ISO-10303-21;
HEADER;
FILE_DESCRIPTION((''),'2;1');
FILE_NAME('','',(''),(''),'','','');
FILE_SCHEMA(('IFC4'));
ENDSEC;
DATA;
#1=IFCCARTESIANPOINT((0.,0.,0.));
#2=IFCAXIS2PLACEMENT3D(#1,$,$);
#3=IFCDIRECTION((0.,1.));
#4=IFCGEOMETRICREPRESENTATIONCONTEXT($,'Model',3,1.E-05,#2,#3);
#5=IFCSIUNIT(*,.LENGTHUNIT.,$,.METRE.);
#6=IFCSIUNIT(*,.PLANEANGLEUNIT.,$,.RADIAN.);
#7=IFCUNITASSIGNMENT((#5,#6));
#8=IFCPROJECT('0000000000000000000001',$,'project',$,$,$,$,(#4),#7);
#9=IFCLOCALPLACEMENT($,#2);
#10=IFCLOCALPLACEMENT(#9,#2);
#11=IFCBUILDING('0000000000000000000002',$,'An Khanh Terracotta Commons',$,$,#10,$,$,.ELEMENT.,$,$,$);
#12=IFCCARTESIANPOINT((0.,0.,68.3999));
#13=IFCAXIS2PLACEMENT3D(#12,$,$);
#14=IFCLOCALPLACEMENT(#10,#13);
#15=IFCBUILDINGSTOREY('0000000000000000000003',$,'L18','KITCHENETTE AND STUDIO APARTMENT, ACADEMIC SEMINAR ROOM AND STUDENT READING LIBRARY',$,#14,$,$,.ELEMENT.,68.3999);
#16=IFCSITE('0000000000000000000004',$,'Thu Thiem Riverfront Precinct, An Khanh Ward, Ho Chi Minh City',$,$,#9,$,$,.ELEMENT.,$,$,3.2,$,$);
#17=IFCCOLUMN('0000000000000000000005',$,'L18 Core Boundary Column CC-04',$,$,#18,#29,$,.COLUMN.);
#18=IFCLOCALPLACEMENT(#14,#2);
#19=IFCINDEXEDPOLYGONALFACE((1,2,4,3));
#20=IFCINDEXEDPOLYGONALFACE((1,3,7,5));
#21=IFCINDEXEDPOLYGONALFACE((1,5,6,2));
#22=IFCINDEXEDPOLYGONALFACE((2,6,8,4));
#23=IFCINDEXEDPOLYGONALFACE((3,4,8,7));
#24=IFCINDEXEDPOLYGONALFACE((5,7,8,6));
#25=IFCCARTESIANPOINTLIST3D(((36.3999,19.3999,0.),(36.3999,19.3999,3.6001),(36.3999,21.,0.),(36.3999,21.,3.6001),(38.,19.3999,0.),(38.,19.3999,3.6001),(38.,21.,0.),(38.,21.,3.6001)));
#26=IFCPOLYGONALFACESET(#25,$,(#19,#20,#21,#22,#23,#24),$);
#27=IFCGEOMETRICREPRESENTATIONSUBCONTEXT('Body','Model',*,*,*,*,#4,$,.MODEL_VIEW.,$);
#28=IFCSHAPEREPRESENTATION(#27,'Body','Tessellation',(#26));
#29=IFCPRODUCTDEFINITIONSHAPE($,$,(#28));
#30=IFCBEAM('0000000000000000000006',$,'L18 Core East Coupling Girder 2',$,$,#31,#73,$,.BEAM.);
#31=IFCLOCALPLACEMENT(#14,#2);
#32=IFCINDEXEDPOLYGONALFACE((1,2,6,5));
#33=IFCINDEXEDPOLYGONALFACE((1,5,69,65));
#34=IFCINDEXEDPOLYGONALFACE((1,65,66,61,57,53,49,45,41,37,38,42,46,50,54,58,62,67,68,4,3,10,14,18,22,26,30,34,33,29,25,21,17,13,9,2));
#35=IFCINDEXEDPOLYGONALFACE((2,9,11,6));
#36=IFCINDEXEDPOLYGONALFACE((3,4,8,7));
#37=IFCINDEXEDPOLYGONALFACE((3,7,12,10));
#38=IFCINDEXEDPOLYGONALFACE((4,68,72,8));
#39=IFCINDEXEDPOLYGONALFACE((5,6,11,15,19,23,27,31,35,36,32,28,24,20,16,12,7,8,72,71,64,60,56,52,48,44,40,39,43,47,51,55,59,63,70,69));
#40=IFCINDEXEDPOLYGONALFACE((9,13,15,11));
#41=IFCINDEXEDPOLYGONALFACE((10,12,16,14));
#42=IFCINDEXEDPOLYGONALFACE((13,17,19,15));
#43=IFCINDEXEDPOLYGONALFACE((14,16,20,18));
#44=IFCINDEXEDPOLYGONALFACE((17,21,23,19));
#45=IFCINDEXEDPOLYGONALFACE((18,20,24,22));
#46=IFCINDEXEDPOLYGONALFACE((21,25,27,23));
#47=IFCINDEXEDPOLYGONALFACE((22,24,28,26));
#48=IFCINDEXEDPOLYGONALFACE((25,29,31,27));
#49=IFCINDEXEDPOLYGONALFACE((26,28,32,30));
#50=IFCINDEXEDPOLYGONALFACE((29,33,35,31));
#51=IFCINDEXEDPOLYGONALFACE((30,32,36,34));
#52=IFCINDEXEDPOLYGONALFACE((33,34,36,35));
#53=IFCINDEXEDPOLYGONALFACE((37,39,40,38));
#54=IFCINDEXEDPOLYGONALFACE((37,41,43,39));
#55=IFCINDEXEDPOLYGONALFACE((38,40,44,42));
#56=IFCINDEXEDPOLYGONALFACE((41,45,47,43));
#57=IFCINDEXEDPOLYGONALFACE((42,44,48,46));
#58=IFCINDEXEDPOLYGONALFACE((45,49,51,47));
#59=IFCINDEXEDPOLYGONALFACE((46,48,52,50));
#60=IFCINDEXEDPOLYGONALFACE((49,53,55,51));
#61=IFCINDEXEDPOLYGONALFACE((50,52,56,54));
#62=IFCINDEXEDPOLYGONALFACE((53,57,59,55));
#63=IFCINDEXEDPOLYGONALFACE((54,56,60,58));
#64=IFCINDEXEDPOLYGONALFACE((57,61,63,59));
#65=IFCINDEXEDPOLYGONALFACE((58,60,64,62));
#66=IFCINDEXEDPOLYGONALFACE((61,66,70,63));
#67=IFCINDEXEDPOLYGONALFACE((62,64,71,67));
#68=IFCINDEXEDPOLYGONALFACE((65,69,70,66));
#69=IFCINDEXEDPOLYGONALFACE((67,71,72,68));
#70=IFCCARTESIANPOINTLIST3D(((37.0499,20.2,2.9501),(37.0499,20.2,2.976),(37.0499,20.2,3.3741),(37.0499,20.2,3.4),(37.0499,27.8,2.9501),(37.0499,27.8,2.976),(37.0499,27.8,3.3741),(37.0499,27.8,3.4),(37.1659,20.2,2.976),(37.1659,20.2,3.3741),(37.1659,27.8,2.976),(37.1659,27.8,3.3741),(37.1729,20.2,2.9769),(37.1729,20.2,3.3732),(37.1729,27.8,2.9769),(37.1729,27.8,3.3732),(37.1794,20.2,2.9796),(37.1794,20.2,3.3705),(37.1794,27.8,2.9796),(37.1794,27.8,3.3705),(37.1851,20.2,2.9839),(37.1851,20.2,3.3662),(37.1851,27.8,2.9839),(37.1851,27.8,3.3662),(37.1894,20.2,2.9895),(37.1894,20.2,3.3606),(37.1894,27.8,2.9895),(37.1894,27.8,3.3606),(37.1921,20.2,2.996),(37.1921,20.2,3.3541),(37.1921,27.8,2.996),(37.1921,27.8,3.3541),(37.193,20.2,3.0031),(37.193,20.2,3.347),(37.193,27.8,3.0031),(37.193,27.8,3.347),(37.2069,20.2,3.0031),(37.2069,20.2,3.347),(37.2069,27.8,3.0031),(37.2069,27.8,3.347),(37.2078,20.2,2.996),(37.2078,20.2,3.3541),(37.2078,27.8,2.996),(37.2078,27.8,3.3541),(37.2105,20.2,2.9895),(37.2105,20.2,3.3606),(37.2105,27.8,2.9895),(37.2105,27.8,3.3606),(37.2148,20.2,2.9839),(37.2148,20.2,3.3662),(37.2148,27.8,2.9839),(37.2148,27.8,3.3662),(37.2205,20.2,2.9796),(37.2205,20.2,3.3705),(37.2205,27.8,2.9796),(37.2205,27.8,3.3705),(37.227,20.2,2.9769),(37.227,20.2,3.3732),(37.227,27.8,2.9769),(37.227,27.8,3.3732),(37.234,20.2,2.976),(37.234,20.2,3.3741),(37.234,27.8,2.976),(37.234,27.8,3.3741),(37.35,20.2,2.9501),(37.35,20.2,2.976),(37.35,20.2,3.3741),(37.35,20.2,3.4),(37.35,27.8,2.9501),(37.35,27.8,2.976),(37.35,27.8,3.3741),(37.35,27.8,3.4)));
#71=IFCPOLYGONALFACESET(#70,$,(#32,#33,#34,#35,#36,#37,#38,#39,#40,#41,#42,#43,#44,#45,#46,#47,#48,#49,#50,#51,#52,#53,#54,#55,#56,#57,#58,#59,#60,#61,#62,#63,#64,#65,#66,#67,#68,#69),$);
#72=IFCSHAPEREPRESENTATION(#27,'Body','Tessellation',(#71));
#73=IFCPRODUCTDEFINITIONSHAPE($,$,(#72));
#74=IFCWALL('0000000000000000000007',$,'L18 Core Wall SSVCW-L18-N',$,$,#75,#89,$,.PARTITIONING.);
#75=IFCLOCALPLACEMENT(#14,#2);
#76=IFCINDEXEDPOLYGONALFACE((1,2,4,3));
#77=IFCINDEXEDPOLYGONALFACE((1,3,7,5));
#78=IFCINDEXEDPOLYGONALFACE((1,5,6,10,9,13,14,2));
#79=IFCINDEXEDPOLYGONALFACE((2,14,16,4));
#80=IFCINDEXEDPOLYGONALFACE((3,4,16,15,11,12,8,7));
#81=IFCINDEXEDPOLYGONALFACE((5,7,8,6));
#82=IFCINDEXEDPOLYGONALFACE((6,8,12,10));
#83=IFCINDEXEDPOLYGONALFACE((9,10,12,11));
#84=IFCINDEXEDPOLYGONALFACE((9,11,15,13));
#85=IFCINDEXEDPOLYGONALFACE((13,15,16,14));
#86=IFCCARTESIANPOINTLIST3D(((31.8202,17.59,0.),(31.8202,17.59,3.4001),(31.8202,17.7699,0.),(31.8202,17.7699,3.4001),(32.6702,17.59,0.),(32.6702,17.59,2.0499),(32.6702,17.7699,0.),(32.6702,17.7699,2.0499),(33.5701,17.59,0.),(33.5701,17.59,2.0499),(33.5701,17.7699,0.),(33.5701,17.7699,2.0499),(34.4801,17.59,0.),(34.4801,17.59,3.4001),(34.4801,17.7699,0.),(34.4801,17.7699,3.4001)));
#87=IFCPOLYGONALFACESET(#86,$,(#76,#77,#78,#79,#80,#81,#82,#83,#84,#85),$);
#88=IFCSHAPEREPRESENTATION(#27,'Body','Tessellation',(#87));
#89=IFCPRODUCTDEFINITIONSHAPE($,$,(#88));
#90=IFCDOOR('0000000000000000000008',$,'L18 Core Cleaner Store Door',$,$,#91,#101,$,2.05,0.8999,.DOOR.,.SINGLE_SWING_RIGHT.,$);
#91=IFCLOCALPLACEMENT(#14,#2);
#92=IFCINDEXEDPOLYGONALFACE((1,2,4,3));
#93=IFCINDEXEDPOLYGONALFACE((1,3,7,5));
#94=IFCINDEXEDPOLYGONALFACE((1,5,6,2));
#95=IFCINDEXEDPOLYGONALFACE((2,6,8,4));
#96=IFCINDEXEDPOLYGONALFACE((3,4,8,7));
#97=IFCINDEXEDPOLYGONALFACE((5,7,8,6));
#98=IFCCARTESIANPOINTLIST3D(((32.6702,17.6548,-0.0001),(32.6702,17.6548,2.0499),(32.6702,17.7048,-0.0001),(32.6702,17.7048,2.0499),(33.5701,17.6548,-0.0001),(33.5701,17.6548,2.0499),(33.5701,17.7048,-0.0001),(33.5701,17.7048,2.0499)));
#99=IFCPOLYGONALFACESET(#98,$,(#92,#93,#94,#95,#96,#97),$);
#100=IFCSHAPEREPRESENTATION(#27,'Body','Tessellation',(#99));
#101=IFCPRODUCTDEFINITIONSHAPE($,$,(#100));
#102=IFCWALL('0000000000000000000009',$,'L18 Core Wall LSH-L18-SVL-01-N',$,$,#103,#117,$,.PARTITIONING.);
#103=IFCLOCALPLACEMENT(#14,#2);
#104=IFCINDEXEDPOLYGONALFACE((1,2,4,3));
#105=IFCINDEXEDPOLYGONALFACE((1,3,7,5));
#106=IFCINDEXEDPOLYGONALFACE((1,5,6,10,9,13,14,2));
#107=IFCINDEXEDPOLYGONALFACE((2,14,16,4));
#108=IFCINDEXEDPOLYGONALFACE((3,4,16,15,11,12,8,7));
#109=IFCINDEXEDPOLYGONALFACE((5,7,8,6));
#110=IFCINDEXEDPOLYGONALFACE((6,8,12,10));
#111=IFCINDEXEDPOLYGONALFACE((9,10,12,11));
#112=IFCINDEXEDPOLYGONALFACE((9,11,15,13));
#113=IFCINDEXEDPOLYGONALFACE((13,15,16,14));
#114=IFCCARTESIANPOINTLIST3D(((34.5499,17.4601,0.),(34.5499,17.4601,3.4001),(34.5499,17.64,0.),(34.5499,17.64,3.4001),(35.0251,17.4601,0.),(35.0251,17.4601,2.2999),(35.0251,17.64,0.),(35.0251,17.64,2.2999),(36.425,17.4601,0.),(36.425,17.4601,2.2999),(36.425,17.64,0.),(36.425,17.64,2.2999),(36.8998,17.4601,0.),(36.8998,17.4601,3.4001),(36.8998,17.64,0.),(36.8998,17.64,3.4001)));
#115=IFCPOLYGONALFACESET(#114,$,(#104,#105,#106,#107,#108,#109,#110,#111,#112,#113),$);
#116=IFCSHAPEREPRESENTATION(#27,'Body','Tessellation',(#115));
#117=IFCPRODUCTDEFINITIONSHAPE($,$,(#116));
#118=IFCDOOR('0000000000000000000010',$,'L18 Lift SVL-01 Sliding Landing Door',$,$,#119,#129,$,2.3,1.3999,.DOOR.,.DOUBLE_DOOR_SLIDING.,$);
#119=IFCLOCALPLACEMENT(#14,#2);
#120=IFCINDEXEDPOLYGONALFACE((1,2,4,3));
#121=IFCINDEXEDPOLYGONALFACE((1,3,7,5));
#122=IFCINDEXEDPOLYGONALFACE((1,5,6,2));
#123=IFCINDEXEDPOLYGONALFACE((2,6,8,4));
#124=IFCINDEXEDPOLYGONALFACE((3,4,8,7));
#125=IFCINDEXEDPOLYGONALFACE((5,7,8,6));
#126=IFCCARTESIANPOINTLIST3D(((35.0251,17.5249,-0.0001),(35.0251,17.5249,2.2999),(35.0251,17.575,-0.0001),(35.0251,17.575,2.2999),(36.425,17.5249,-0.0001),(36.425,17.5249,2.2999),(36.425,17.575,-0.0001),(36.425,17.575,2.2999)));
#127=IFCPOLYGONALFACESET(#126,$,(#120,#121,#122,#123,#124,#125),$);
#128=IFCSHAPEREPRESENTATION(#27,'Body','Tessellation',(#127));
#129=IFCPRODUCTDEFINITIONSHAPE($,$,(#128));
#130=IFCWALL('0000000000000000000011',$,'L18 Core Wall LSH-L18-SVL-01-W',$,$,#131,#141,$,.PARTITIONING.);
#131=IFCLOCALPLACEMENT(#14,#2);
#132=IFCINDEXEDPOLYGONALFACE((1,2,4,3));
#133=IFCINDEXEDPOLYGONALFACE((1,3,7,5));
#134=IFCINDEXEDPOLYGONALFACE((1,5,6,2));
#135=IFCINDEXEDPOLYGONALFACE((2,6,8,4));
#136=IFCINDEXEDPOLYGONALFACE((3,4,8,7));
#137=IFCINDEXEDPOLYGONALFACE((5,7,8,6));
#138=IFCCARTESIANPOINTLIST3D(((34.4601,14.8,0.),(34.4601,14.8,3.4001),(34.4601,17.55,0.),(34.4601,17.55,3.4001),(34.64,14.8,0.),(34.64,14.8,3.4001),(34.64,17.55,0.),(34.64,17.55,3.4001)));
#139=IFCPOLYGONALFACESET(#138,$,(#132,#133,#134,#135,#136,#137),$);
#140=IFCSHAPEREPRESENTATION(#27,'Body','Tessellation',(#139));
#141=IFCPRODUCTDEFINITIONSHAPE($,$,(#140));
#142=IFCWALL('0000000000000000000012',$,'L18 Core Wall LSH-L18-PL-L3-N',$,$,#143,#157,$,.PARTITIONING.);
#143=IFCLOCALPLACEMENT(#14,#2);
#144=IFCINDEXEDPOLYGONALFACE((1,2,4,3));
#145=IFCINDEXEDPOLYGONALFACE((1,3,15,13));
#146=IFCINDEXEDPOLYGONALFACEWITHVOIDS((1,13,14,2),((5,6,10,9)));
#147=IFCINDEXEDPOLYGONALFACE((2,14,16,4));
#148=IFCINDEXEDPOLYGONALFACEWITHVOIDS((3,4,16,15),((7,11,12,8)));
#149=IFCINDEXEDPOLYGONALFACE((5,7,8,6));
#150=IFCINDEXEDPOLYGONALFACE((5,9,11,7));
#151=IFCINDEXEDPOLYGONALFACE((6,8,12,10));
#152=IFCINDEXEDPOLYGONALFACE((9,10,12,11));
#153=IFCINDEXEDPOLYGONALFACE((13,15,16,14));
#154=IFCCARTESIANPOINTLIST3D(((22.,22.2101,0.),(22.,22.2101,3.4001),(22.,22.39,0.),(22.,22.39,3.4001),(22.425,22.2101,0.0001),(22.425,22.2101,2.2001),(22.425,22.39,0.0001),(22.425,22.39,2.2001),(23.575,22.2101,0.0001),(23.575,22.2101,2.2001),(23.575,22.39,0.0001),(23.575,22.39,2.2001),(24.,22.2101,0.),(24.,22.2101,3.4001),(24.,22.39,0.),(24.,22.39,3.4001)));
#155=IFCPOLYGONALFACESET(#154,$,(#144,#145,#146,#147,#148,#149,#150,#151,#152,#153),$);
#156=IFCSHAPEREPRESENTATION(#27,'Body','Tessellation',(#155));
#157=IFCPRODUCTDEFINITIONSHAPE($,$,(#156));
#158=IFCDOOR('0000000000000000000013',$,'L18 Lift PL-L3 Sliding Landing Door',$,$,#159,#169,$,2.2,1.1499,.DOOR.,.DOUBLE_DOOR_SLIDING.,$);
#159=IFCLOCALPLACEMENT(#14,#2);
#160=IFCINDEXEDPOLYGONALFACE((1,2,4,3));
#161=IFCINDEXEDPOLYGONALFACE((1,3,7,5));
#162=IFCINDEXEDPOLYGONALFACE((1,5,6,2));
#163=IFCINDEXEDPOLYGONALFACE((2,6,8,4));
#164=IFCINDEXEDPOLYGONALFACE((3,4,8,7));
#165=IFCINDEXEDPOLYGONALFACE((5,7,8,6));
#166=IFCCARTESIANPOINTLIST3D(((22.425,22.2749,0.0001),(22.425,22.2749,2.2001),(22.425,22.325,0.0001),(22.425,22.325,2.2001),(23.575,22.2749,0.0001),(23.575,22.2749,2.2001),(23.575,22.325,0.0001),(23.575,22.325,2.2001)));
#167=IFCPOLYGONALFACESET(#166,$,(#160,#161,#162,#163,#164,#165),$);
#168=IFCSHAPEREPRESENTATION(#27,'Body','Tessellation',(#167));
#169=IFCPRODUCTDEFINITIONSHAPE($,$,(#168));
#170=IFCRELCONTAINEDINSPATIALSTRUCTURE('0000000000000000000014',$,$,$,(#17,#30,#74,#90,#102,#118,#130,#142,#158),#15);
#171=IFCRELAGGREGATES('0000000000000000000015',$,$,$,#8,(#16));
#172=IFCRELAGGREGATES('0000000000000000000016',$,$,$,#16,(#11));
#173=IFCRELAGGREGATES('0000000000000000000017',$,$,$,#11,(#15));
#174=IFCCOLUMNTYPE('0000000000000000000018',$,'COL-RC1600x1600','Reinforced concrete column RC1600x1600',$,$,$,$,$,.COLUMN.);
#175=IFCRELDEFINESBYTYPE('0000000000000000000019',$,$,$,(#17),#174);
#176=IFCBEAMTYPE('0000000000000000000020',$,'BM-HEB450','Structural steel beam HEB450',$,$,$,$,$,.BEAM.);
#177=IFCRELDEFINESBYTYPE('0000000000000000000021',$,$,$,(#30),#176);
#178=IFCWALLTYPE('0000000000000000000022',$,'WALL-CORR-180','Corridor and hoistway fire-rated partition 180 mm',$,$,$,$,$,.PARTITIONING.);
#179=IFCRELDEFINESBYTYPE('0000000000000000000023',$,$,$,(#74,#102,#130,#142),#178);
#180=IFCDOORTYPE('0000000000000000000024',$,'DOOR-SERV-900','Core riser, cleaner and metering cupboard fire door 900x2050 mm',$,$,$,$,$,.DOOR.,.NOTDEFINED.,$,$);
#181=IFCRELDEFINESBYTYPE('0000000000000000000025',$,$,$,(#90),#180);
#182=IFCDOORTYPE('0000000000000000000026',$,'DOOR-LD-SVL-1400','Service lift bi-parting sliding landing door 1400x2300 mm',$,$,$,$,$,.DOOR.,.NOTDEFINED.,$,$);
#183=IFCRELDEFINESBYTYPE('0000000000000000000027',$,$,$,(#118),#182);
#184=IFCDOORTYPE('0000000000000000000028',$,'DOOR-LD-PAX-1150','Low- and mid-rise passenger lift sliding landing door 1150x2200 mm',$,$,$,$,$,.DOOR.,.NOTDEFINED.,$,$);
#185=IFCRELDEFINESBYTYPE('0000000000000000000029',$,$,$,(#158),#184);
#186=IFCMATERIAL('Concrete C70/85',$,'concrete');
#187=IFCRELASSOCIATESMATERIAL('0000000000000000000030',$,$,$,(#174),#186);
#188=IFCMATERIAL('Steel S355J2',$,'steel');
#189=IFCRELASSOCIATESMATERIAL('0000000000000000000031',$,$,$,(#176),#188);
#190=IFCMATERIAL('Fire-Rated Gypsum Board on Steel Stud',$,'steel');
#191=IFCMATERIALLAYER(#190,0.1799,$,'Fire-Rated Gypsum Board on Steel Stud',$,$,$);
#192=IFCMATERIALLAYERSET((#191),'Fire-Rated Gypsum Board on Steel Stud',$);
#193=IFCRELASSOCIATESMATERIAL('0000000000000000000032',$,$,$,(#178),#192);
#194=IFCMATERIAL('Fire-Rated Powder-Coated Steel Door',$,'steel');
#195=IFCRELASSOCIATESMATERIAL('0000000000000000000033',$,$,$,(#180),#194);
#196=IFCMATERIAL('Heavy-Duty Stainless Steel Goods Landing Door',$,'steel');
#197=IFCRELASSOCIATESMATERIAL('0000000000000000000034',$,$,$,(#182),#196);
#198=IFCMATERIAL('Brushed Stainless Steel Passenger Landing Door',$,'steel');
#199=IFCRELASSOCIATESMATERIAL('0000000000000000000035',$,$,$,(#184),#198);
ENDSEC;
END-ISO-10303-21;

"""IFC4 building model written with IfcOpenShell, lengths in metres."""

from ifc_helpers import new_model, si_unit, direction, frame, frame_2d, origin, origin_2d, place, context, subcontext, project, spatial, rectangle, i_section, extrude, material, layer, layer_set, material_profile, profile_set, type_object, element, fill, save


model = new_model("IFC4")

# Units and contexts
model_context = context("Model", 3, precision=1e-05, world=origin(), true_north=direction((0.0, 1.0)))
body_context = subcontext(model_context, "Body", "Model", "MODEL_VIEW")
ifc_project = project(units=[si_unit("LENGTHUNIT", "METRE"), si_unit("PLANEANGLEUNIT", "RADIAN")], contexts=[model_context])

# Site, building, storey
site_placement = place(None, origin())
site = spatial("IfcSite", under=ifc_project, at=site_placement, Name="Thu Thiem Riverfront Precinct, An Khanh Ward, Ho Chi Minh City", CompositionType="ELEMENT", RefElevation=3.2)
building_placement = place(site_placement, origin())
building = spatial("IfcBuilding", under=site, at=building_placement, Name="An Khanh Terracotta Commons", CompositionType="ELEMENT")
storey_placement = place(building_placement, frame((0.0, 0.0, 68.3999)))
storey = spatial("IfcBuildingStorey", under=building, at=storey_placement, Name="L18", Description="KITCHENETTE AND STUDIO APARTMENT, ACADEMIC SEMINAR ROOM AND STUDENT READING LIBRARY", CompositionType="ELEMENT", Elevation=68.3999)

# Column
ifc_material_1 = material(Name="Concrete C70/85", Category="concrete")
ifc_material_profile_1 = material_profile(ifc_material_1, rectangle(XDim=1.6001, YDim=1.6001, at=origin_2d()), Name="RC1600x1600")
ifc_profile_set_1 = profile_set([ifc_material_profile_1], Name="Concrete C70/85")
column_type = type_object("IfcColumnType", Name="COL-RC1600x1600", Description="Reinforced concrete column RC1600x1600", PredefinedType="COLUMN", material=ifc_profile_set_1)
column_placement = place(storey_placement, frame((37.2, 20.2, 0.0), z_axis=(0.0, 0.0, 1.0), x_axis=(1.0, 0.0, 0.0)))
element("IfcColumn", 1, at=column_placement, inside=storey, type_object=column_type, Name="L18 Core Boundary Column CC-04", PredefinedType="COLUMN", context=body_context, shape_type="SweptSolid", body=[
    extrude(rectangle(XDim=1.6001, YDim=1.6001, at=origin_2d()), origin(), (0.0, 0.0, 1.0), 3.6001),
])

# Beam
ifc_material_2 = material(Name="Steel S355J2", Category="steel")
ifc_material_profile_2 = material_profile(ifc_material_2, i_section(OverallWidth=0.3, OverallDepth=0.45, WebThickness=0.0139, FlangeThickness=0.0259, FilletRadius=0.0271, at=origin_2d()), Name="HEB450")
ifc_profile_set_2 = profile_set([ifc_material_profile_2], Name="Steel S355J2")
beam_type = type_object("IfcBeamType", Name="BM-HEB450", Description="Structural steel beam HEB450", PredefinedType="BEAM", material=ifc_profile_set_2)
beam_placement = place(storey_placement, frame((37.2, 20.2, 3.175), z_axis=(0.0, 1.0, 0.0), x_axis=(-1.0, 0.0, 0.0)))
element("IfcBeam", 2, at=beam_placement, inside=storey, type_object=beam_type, Name="L18 Core East Coupling Girder 2", PredefinedType="BEAM", context=body_context, shape_type="SweptSolid", body=[
    extrude(i_section(OverallWidth=0.3, OverallDepth=0.45, WebThickness=0.0139, FlangeThickness=0.0259, FilletRadius=0.0271, at=origin_2d()), origin(), (0.0, 0.0, 1.0), 7.6001),
])

# Walls, openings, doors
ifc_material_3 = material(Name="Fire-Rated Gypsum Board on Steel Stud", Category="steel")
ifc_layer_1 = layer(ifc_material_3, 0.1799, Name="Fire-Rated Gypsum Board on Steel Stud")
ifc_layer_set_1 = layer_set([ifc_layer_1], Name="Fire-Rated Gypsum Board on Steel Stud")
wall_type_1 = type_object("IfcWallType", Name="WALL-CORR-180", Description="Corridor and hoistway fire-rated partition 180 mm", PredefinedType="PARTITIONING", material=ifc_layer_set_1)
wall_1_placement = place(storey_placement, frame((31.8201, 17.6799, 0.0), z_axis=(0.0, 0.0, 1.0), x_axis=(1.0, 0.0, 0.0)))
wall_1 = element("IfcWall", 3, at=wall_1_placement, inside=storey, type_object=wall_type_1, Name="L18 Core Wall SSVCW-L18-N", PredefinedType="PARTITIONING", context=body_context, shape_type="SweptSolid", body=[
    extrude(rectangle(XDim=2.6599, YDim=0.1799, at=frame_2d((1.3301, 0.0))), origin(), (0.0, 0.0, 1.0), 3.4001),
])
opening_1_placement = place(wall_1_placement, frame((0.8501, 0.0, 0.0)))
opening_1 = element("IfcOpeningElement", 4, at=opening_1_placement, cuts=wall_1, PredefinedType="OPENING", context=body_context, shape_type="SweptSolid", body=[
    extrude(rectangle(XDim=0.8999, YDim=2.05, at=frame_2d((0.45, 1.0249))), frame((0.0, 0.0999, 0.0), z_axis=(0.0, -1.0, 0.0), x_axis=(1.0, 0.0, 0.0)), (0.0, 0.0, 1.0), 0.2),
])
ifc_material_4 = material(Name="Fire-Rated Powder-Coated Steel Door", Category="steel")
door_type_1 = type_object("IfcDoorType", Name="DOOR-SERV-900", Description="Core riser, cleaner and metering cupboard fire door 900x2050 mm", OperationType="NOTDEFINED", PredefinedType="DOOR", material=ifc_material_4)
door_1_placement = place(opening_1_placement, origin())
door_1 = element("IfcDoor", 5, at=door_1_placement, inside=storey, type_object=door_type_1, Name="L18 Core Cleaner Store Door", OperationType="SINGLE_SWING_RIGHT", OverallHeight=2.05, OverallWidth=0.8999, PredefinedType="DOOR", context=body_context, shape_type="SweptSolid", body=[
    extrude(rectangle(XDim=0.8999, YDim=2.05, at=frame_2d((0.45, 1.0249))), frame((0.0, 0.0249, 0.0), z_axis=(0.0, -1.0, 0.0), x_axis=(1.0, 0.0, 0.0)), (0.0, 0.0, 1.0), 0.05),
])
fill(opening_1, door_1)
wall_2_placement = place(storey_placement, frame((34.55, 17.55, 0.0), z_axis=(0.0, 0.0, 1.0), x_axis=(1.0, 0.0, 0.0)))
wall_2 = element("IfcWall", 6, at=wall_2_placement, inside=storey, type_object=wall_type_1, Name="L18 Core Wall LSH-L18-SVL-01-N", PredefinedType="PARTITIONING", context=body_context, shape_type="SweptSolid", body=[
    extrude(rectangle(XDim=2.3499, YDim=0.1799, at=frame_2d((1.1748, 0.0))), origin(), (0.0, 0.0, 1.0), 3.4001),
])
opening_2_placement = place(wall_2_placement, frame((0.4751, 0.0, 0.0)))
opening_2 = element("IfcOpeningElement", 7, at=opening_2_placement, cuts=wall_2, PredefinedType="OPENING", context=body_context, shape_type="SweptSolid", body=[
    extrude(rectangle(XDim=1.3999, YDim=2.3, at=frame_2d((0.7, 1.1499))), frame((0.0, 0.0999, 0.0), z_axis=(0.0, -1.0, 0.0), x_axis=(1.0, 0.0, 0.0)), (0.0, 0.0, 1.0), 0.2),
])
ifc_material_5 = material(Name="Heavy-Duty Stainless Steel Goods Landing Door", Category="steel")
door_type_2 = type_object("IfcDoorType", Name="DOOR-LD-SVL-1400", Description="Service lift bi-parting sliding landing door 1400x2300 mm", OperationType="NOTDEFINED", PredefinedType="DOOR", material=ifc_material_5)
door_2_placement = place(opening_2_placement, origin())
door_2 = element("IfcDoor", 8, at=door_2_placement, inside=storey, type_object=door_type_2, Name="L18 Lift SVL-01 Sliding Landing Door", OperationType="DOUBLE_DOOR_SLIDING", OverallHeight=2.3, OverallWidth=1.3999, PredefinedType="DOOR", context=body_context, shape_type="SweptSolid", body=[
    extrude(rectangle(XDim=1.3999, YDim=2.3, at=frame_2d((0.7, 1.1499))), frame((0.0, 0.0249, 0.0), z_axis=(0.0, -1.0, 0.0), x_axis=(1.0, 0.0, 0.0)), (0.0, 0.0, 1.0), 0.05),
])
fill(opening_2, door_2)

# Wall
wall_3_placement = place(storey_placement, frame((34.55, 17.55, 0.0), z_axis=(0.0, 0.0, 1.0), x_axis=(0.0, -1.0, 0.0)))
element("IfcWall", 9, at=wall_3_placement, inside=storey, type_object=wall_type_1, Name="L18 Core Wall LSH-L18-SVL-01-W", PredefinedType="PARTITIONING", context=body_context, shape_type="SweptSolid", body=[
    extrude(rectangle(XDim=2.75, YDim=0.1799, at=frame_2d((1.375, 0.0))), origin(), (0.0, 0.0, 1.0), 3.4001),
])

# Wall, opening, door
wall_4_placement = place(storey_placement, frame((22.0, 22.3, 0.0), z_axis=(0.0, 0.0, 1.0), x_axis=(1.0, 0.0, 0.0)))
wall_4 = element("IfcWall", 10, at=wall_4_placement, inside=storey, type_object=wall_type_1, Name="L18 Core Wall LSH-L18-PL-L3-N", PredefinedType="PARTITIONING", context=body_context, shape_type="SweptSolid", body=[
    extrude(rectangle(XDim=2.0, YDim=0.1799, at=frame_2d((1.0, 0.0))), origin(), (0.0, 0.0, 1.0), 3.4001),
])
opening_3_placement = place(wall_4_placement, frame((0.425, 0.0, 0.0)))
opening_3 = element("IfcOpeningElement", 11, at=opening_3_placement, cuts=wall_4, PredefinedType="OPENING", context=body_context, shape_type="SweptSolid", body=[
    extrude(rectangle(XDim=1.1499, YDim=2.2, at=frame_2d((0.575, 1.1001))), frame((0.0, 0.0999, 0.0), z_axis=(0.0, -1.0, 0.0), x_axis=(1.0, 0.0, 0.0)), (0.0, 0.0, 1.0), 0.2),
])
ifc_material_6 = material(Name="Brushed Stainless Steel Passenger Landing Door", Category="steel")
door_type_3 = type_object("IfcDoorType", Name="DOOR-LD-PAX-1150", Description="Low- and mid-rise passenger lift sliding landing door 1150x2200 mm", OperationType="NOTDEFINED", PredefinedType="DOOR", material=ifc_material_6)
door_3_placement = place(opening_3_placement, origin())
door_3 = element("IfcDoor", 12, at=door_3_placement, inside=storey, type_object=door_type_3, Name="L18 Lift PL-L3 Sliding Landing Door", OperationType="DOUBLE_DOOR_SLIDING", OverallHeight=2.2, OverallWidth=1.1499, PredefinedType="DOOR", context=body_context, shape_type="SweptSolid", body=[
    extrude(rectangle(XDim=1.1499, YDim=2.2, at=frame_2d((0.575, 1.1001))), frame((0.0, 0.0249, 0.0), z_axis=(0.0, -1.0, 0.0), x_axis=(1.0, 0.0, 0.0)), (0.0, 0.0, 1.0), 0.05),
])
fill(opening_3, door_3)

save(model, "model.ifc")
